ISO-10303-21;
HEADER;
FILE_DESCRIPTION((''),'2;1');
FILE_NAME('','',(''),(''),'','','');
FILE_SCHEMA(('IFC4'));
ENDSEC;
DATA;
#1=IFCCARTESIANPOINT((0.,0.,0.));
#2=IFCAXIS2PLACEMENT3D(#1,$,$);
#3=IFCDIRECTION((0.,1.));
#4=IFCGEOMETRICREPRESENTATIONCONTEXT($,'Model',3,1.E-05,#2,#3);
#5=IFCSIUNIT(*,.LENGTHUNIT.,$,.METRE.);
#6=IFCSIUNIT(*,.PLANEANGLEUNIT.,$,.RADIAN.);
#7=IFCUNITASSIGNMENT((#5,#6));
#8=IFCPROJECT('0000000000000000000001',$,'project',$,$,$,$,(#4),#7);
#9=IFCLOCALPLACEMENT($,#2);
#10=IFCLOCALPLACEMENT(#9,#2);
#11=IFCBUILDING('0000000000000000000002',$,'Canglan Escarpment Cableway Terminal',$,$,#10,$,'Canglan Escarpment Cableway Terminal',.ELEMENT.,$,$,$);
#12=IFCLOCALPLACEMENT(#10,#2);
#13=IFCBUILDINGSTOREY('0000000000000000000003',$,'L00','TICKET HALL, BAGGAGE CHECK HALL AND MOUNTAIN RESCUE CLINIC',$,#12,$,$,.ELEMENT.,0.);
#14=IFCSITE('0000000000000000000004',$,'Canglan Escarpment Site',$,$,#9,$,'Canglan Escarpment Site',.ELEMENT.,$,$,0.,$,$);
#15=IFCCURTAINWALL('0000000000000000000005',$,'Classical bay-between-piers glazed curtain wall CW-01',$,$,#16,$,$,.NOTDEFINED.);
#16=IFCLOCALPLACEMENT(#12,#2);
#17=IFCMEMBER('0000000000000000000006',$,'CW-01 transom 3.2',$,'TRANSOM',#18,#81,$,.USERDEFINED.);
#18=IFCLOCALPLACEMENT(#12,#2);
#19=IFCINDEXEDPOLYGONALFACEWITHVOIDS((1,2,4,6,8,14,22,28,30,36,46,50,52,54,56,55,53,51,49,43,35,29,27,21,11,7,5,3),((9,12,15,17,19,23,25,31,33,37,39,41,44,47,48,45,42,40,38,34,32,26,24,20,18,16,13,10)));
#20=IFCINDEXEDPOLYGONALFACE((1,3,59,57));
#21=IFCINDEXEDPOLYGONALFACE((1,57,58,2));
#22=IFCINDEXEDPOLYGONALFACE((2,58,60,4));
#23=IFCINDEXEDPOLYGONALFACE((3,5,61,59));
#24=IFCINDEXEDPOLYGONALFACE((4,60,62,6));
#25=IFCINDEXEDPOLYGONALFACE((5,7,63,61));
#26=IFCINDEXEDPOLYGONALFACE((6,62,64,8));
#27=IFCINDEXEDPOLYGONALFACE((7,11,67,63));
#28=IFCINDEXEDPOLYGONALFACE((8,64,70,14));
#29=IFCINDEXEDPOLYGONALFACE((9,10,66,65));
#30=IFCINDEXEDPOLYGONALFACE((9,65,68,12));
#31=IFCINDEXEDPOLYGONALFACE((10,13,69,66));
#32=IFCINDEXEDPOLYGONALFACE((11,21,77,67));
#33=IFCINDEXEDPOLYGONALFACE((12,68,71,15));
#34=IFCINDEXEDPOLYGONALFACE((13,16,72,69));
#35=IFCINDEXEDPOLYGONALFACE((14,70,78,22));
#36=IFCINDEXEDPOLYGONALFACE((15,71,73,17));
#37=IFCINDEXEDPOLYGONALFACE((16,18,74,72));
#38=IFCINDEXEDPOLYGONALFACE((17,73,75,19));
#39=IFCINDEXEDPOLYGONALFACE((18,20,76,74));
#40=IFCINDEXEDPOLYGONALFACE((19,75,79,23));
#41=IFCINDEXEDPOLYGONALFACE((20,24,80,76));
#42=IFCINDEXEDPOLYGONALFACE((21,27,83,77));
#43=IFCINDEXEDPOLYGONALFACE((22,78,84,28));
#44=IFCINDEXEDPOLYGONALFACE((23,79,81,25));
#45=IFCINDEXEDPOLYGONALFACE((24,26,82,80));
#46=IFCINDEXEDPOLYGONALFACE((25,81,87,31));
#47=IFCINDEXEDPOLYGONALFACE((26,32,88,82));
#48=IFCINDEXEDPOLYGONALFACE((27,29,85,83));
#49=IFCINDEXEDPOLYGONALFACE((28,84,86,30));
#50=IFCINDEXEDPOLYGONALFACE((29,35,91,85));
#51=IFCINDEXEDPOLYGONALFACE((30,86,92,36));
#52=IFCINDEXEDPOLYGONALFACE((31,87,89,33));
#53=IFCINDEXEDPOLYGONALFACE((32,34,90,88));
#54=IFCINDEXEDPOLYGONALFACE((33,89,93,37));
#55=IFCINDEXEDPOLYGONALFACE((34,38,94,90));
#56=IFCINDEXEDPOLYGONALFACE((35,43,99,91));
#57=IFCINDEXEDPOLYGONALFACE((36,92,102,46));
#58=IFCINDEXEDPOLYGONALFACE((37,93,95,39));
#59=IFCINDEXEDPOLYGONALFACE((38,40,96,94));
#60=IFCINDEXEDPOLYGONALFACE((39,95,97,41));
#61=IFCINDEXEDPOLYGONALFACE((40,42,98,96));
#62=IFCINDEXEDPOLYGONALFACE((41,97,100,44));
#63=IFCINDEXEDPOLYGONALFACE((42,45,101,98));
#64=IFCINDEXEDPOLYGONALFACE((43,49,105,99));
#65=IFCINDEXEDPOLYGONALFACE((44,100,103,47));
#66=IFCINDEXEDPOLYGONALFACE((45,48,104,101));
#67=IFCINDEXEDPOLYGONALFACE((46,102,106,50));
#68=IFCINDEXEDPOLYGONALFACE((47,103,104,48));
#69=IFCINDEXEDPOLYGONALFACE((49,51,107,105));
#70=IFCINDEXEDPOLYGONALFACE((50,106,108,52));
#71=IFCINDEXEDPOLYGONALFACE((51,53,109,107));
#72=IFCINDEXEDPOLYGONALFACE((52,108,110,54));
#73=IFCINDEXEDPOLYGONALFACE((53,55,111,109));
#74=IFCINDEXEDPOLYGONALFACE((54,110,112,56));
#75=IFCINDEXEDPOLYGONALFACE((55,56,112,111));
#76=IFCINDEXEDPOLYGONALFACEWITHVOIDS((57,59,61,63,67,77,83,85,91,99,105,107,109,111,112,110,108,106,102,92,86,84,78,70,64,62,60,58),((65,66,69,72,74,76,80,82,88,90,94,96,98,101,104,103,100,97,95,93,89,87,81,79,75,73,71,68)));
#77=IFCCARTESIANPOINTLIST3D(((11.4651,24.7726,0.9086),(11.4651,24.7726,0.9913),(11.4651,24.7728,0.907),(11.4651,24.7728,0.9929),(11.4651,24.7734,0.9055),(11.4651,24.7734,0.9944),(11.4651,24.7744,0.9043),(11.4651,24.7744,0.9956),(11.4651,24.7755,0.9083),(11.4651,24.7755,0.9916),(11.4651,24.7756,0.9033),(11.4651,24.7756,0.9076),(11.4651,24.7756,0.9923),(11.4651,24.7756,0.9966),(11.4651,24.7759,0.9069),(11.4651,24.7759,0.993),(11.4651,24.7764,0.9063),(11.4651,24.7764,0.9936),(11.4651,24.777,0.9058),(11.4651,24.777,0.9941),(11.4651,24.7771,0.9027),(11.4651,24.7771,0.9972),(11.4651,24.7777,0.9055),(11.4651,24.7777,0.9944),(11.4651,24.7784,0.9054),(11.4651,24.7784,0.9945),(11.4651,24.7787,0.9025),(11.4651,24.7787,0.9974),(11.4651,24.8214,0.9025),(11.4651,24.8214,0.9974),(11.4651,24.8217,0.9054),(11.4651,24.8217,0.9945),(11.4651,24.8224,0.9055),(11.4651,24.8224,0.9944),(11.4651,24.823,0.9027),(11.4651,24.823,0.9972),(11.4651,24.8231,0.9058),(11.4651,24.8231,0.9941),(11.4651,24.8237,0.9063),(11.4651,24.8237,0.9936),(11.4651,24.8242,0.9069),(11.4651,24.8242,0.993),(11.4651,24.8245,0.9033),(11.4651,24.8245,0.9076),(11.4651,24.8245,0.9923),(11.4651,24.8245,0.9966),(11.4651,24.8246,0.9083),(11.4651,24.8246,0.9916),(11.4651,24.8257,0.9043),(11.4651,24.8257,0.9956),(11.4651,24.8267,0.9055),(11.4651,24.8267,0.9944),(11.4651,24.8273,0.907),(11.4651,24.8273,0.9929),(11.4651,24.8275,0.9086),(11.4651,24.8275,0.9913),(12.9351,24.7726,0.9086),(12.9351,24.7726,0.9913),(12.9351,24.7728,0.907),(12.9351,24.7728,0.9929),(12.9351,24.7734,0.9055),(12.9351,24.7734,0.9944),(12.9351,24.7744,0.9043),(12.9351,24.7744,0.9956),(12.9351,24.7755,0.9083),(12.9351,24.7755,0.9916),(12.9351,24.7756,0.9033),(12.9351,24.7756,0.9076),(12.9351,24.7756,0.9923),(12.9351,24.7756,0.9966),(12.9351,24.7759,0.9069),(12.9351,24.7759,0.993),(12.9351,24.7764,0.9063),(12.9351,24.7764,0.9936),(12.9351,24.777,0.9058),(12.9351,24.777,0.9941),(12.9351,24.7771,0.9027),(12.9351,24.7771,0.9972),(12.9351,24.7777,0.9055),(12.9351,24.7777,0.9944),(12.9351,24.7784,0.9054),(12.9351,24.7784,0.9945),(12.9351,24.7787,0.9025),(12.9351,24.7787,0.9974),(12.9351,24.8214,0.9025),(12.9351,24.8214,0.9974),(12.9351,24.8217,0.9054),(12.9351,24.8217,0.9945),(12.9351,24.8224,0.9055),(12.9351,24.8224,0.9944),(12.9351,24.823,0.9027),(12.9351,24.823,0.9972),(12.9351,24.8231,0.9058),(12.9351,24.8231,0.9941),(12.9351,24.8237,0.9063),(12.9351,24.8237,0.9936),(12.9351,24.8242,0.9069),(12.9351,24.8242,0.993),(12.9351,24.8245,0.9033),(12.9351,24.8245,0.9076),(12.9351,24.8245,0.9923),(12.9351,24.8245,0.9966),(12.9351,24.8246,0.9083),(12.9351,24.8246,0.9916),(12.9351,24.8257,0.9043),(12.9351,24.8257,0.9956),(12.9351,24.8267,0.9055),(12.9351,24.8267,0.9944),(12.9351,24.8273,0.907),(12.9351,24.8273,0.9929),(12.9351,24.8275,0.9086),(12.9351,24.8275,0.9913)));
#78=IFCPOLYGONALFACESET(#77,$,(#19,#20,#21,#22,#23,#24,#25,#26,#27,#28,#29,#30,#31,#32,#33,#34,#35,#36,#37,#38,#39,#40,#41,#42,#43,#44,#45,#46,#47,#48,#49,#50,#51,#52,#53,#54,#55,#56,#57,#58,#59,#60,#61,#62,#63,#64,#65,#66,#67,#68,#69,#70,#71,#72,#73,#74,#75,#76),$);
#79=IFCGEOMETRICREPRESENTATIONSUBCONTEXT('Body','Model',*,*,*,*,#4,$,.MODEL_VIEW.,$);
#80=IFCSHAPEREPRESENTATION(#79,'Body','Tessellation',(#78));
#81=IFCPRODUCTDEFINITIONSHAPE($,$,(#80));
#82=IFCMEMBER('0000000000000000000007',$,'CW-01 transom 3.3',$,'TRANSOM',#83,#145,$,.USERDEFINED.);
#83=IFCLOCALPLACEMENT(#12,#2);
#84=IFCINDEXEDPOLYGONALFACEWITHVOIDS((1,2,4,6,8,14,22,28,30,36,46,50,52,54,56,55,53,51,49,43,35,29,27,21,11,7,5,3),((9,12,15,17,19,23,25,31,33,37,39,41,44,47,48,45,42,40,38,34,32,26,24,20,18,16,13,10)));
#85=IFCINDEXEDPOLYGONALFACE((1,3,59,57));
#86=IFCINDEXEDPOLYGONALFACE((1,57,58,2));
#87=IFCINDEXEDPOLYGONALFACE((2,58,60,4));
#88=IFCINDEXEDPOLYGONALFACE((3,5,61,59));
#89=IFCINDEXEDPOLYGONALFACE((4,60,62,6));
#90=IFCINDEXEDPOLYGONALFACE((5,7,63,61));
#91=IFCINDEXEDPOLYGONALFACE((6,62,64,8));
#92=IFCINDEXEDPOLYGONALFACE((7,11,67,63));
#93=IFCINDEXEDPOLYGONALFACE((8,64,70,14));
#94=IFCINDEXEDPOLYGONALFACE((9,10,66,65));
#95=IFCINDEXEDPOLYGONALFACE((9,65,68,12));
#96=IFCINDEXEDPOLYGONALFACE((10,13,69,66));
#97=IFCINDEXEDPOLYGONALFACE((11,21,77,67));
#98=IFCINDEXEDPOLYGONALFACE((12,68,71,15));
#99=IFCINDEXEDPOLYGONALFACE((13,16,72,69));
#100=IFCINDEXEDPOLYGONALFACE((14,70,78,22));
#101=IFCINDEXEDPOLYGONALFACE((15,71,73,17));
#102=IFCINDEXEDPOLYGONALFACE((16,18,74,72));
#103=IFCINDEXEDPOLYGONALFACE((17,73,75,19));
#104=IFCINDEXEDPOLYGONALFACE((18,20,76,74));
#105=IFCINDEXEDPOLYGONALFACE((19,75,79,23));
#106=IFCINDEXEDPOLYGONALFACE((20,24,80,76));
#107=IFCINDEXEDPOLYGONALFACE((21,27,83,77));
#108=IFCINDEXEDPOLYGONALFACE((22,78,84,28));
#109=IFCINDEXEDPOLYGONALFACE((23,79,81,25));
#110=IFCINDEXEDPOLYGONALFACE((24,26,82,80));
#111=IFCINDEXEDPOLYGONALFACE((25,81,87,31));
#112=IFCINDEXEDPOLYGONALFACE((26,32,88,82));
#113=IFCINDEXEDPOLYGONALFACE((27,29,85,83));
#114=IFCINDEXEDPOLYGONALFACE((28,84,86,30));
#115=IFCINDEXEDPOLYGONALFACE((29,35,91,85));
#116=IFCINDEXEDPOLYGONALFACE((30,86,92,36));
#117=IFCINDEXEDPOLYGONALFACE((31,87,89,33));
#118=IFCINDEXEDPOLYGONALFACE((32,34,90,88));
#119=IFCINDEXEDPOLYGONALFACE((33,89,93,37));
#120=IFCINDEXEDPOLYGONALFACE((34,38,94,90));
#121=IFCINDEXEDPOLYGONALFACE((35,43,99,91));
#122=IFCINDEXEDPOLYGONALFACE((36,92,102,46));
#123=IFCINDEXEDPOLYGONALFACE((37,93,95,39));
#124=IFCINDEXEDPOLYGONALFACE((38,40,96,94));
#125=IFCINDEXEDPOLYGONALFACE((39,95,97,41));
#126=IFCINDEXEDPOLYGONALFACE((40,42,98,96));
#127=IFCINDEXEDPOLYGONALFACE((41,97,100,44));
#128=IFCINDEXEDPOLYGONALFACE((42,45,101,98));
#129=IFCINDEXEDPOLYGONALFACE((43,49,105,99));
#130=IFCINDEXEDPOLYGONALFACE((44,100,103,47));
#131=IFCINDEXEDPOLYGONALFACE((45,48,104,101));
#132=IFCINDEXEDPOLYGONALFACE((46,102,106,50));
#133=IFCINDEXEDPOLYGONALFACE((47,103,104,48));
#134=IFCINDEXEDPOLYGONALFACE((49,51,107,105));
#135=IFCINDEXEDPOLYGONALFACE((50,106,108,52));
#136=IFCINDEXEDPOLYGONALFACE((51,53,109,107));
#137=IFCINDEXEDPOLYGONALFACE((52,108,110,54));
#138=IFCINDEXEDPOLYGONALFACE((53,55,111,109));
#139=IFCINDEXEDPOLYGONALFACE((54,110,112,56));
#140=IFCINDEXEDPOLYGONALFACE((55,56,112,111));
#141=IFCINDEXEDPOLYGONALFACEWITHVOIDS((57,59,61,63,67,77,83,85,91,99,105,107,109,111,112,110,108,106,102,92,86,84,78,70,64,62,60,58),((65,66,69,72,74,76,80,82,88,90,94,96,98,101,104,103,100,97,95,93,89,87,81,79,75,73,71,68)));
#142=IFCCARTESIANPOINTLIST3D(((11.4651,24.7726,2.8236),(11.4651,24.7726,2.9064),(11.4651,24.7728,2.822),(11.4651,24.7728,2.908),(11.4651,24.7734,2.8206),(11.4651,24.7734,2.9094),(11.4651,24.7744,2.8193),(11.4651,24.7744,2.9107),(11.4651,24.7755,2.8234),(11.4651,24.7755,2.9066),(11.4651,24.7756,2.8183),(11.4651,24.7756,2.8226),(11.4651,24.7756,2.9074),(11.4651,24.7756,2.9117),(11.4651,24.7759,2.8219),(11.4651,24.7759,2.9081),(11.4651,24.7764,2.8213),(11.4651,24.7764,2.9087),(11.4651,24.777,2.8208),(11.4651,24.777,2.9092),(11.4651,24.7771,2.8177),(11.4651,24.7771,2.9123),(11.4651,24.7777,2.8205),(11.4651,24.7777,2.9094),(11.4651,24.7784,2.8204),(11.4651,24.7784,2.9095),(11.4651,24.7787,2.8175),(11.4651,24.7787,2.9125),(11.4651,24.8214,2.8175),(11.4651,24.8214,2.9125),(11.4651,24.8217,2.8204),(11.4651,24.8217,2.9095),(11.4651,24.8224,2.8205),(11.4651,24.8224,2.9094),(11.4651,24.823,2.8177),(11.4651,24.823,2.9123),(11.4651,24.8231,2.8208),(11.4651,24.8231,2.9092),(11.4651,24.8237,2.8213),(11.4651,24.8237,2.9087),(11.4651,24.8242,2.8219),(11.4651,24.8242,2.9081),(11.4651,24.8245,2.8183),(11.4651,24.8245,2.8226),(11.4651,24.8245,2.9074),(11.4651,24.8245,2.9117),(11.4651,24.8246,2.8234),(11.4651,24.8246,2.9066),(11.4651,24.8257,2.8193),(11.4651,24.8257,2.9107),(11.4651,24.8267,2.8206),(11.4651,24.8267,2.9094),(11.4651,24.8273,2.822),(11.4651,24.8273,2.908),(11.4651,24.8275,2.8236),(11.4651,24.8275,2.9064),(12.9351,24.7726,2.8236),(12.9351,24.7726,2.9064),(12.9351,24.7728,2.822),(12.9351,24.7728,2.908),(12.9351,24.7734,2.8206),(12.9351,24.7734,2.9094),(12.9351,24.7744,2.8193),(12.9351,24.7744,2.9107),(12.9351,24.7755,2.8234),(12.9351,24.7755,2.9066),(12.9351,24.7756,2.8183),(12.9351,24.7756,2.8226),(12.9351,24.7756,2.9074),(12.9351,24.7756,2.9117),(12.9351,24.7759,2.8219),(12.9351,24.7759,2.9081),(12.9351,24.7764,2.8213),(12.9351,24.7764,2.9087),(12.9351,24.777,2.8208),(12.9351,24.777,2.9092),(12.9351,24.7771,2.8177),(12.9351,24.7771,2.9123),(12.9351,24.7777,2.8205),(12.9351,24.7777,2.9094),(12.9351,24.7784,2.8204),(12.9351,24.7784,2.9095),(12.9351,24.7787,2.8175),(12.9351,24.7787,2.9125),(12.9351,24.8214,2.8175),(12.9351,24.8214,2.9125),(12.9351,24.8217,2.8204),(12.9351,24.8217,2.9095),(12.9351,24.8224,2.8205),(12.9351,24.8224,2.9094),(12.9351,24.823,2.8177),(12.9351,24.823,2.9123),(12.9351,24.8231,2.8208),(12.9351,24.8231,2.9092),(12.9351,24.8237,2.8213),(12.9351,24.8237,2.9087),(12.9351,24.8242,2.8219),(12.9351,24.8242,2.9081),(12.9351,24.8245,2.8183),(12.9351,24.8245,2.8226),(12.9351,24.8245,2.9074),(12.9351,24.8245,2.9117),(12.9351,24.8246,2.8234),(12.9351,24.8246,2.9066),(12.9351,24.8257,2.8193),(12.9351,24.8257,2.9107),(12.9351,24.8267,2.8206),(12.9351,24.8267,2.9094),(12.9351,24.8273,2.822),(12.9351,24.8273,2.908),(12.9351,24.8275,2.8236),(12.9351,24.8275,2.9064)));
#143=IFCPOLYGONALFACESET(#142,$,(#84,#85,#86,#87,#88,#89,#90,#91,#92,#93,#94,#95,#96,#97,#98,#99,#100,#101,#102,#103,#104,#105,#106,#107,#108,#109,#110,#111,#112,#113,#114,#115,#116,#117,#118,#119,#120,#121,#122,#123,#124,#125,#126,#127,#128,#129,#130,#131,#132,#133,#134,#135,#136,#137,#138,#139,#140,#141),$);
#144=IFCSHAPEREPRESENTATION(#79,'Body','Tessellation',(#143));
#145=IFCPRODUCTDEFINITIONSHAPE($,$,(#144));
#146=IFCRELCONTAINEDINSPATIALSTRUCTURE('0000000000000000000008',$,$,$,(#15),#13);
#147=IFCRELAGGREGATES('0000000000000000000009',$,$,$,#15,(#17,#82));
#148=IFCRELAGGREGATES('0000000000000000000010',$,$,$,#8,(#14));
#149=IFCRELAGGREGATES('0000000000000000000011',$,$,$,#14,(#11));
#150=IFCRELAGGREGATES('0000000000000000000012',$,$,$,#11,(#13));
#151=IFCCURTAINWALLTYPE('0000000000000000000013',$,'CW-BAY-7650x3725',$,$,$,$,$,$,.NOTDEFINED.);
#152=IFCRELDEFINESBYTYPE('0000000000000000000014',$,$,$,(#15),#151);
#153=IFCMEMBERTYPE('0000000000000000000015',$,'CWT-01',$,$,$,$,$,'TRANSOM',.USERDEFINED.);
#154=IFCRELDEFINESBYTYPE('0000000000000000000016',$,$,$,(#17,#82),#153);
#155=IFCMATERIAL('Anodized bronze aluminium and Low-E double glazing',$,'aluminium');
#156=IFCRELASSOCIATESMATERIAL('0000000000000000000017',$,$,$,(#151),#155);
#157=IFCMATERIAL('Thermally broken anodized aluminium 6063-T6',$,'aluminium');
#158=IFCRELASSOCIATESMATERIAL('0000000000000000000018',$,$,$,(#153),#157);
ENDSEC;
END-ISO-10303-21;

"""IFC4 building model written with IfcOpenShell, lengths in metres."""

from ifc_helpers import new_model, si_unit, direction, frame, origin, origin_2d, place, context, subcontext, project, spatial, hollow_rectangle, extrude, material, material_profile, profile_set, type_object, element, aggregate, save


model = new_model("IFC4")

# Units and contexts
model_context = context("Model", 3, precision=1e-05, world=origin(), true_north=direction((0.0, 1.0)))
body_context = subcontext(model_context, "Body", "Model", "MODEL_VIEW")
ifc_project = project(units=[si_unit("LENGTHUNIT", "METRE"), si_unit("PLANEANGLEUNIT", "RADIAN")], contexts=[model_context])

# Site, building, storey
site_placement = place(None, origin())
site = spatial("IfcSite", under=ifc_project, at=site_placement, Name="Canglan Escarpment Site", LongName="Canglan Escarpment Site", CompositionType="ELEMENT", RefElevation=0.0)
building_placement = place(site_placement, origin())
building = spatial("IfcBuilding", under=site, at=building_placement, Name="Canglan Escarpment Cableway Terminal", LongName="Canglan Escarpment Cableway Terminal", CompositionType="ELEMENT")
storey_placement = place(building_placement, origin())
storey = spatial("IfcBuildingStorey", under=building, at=storey_placement, Name="L00", Description="TICKET HALL, BAGGAGE CHECK HALL AND MOUNTAIN RESCUE CLINIC", CompositionType="ELEMENT", Elevation=0.0)

# Curtain wall, members
ifc_material_1 = material(Name="Anodized bronze aluminium and Low-E double glazing", Category="aluminium")
curtain_wall_type = type_object("IfcCurtainWallType", Name="CW-BAY-7650x3725", PredefinedType="NOTDEFINED", material=ifc_material_1)
curtain_wall_placement = place(storey_placement, origin())
curtain_wall = element("IfcCurtainWall", 1, at=curtain_wall_placement, inside=storey, type_object=curtain_wall_type, Name="Classical bay-between-piers glazed curtain wall CW-01", PredefinedType="NOTDEFINED")
ifc_material_2 = material(Name="Thermally broken anodized aluminium 6063-T6", Category="aluminium")
ifc_material_profile_1 = material_profile(ifc_material_2, hollow_rectangle(XDim=0.0549, YDim=0.095, WallThickness=0.0029, InnerFilletRadius=0.0029, OuterFilletRadius=0.0061, at=origin_2d()), Name="ALU-TRAN 55x95x3")
ifc_profile_set_1 = profile_set([ifc_material_profile_1], Name="Thermally broken anodized aluminium 6063-T6")
member_type_1 = type_object("IfcMemberType", Name="CWT-01", ElementType="TRANSOM", PredefinedType="USERDEFINED", material=ifc_profile_set_1)
member_1_placement = place(storey_placement, frame((12.9351, 24.8, 0.95), z_axis=(-1.0, 0.0, 0.0), x_axis=(0.0, -1.0, 0.0)))
member_1 = element("IfcMember", 2, at=member_1_placement, type_object=member_type_1, Name="CW-01 transom 3.2", ObjectType="TRANSOM", PredefinedType="USERDEFINED", context=body_context, shape_type="SweptSolid", body=[
    extrude(hollow_rectangle(XDim=0.0549, YDim=0.095, WallThickness=0.0029, InnerFilletRadius=0.0029, OuterFilletRadius=0.0061, at=origin_2d()), origin(), (0.0, 0.0, 1.0), 1.47),
])
member_2_placement = place(storey_placement, frame((12.9351, 24.8, 2.865), z_axis=(-1.0, 0.0, 0.0), x_axis=(0.0, -1.0, 0.0)))
member_2 = element("IfcMember", 3, at=member_2_placement, type_object=member_type_1, Name="CW-01 transom 3.3", ObjectType="TRANSOM", PredefinedType="USERDEFINED", context=body_context, shape_type="SweptSolid", body=[
    extrude(hollow_rectangle(XDim=0.0549, YDim=0.095, WallThickness=0.0029, InnerFilletRadius=0.0029, OuterFilletRadius=0.0061, at=origin_2d()), origin(), (0.0, 0.0, 1.0), 1.47),
])
aggregate(curtain_wall, [member_1, member_2])

save(model, "model.ifc")
